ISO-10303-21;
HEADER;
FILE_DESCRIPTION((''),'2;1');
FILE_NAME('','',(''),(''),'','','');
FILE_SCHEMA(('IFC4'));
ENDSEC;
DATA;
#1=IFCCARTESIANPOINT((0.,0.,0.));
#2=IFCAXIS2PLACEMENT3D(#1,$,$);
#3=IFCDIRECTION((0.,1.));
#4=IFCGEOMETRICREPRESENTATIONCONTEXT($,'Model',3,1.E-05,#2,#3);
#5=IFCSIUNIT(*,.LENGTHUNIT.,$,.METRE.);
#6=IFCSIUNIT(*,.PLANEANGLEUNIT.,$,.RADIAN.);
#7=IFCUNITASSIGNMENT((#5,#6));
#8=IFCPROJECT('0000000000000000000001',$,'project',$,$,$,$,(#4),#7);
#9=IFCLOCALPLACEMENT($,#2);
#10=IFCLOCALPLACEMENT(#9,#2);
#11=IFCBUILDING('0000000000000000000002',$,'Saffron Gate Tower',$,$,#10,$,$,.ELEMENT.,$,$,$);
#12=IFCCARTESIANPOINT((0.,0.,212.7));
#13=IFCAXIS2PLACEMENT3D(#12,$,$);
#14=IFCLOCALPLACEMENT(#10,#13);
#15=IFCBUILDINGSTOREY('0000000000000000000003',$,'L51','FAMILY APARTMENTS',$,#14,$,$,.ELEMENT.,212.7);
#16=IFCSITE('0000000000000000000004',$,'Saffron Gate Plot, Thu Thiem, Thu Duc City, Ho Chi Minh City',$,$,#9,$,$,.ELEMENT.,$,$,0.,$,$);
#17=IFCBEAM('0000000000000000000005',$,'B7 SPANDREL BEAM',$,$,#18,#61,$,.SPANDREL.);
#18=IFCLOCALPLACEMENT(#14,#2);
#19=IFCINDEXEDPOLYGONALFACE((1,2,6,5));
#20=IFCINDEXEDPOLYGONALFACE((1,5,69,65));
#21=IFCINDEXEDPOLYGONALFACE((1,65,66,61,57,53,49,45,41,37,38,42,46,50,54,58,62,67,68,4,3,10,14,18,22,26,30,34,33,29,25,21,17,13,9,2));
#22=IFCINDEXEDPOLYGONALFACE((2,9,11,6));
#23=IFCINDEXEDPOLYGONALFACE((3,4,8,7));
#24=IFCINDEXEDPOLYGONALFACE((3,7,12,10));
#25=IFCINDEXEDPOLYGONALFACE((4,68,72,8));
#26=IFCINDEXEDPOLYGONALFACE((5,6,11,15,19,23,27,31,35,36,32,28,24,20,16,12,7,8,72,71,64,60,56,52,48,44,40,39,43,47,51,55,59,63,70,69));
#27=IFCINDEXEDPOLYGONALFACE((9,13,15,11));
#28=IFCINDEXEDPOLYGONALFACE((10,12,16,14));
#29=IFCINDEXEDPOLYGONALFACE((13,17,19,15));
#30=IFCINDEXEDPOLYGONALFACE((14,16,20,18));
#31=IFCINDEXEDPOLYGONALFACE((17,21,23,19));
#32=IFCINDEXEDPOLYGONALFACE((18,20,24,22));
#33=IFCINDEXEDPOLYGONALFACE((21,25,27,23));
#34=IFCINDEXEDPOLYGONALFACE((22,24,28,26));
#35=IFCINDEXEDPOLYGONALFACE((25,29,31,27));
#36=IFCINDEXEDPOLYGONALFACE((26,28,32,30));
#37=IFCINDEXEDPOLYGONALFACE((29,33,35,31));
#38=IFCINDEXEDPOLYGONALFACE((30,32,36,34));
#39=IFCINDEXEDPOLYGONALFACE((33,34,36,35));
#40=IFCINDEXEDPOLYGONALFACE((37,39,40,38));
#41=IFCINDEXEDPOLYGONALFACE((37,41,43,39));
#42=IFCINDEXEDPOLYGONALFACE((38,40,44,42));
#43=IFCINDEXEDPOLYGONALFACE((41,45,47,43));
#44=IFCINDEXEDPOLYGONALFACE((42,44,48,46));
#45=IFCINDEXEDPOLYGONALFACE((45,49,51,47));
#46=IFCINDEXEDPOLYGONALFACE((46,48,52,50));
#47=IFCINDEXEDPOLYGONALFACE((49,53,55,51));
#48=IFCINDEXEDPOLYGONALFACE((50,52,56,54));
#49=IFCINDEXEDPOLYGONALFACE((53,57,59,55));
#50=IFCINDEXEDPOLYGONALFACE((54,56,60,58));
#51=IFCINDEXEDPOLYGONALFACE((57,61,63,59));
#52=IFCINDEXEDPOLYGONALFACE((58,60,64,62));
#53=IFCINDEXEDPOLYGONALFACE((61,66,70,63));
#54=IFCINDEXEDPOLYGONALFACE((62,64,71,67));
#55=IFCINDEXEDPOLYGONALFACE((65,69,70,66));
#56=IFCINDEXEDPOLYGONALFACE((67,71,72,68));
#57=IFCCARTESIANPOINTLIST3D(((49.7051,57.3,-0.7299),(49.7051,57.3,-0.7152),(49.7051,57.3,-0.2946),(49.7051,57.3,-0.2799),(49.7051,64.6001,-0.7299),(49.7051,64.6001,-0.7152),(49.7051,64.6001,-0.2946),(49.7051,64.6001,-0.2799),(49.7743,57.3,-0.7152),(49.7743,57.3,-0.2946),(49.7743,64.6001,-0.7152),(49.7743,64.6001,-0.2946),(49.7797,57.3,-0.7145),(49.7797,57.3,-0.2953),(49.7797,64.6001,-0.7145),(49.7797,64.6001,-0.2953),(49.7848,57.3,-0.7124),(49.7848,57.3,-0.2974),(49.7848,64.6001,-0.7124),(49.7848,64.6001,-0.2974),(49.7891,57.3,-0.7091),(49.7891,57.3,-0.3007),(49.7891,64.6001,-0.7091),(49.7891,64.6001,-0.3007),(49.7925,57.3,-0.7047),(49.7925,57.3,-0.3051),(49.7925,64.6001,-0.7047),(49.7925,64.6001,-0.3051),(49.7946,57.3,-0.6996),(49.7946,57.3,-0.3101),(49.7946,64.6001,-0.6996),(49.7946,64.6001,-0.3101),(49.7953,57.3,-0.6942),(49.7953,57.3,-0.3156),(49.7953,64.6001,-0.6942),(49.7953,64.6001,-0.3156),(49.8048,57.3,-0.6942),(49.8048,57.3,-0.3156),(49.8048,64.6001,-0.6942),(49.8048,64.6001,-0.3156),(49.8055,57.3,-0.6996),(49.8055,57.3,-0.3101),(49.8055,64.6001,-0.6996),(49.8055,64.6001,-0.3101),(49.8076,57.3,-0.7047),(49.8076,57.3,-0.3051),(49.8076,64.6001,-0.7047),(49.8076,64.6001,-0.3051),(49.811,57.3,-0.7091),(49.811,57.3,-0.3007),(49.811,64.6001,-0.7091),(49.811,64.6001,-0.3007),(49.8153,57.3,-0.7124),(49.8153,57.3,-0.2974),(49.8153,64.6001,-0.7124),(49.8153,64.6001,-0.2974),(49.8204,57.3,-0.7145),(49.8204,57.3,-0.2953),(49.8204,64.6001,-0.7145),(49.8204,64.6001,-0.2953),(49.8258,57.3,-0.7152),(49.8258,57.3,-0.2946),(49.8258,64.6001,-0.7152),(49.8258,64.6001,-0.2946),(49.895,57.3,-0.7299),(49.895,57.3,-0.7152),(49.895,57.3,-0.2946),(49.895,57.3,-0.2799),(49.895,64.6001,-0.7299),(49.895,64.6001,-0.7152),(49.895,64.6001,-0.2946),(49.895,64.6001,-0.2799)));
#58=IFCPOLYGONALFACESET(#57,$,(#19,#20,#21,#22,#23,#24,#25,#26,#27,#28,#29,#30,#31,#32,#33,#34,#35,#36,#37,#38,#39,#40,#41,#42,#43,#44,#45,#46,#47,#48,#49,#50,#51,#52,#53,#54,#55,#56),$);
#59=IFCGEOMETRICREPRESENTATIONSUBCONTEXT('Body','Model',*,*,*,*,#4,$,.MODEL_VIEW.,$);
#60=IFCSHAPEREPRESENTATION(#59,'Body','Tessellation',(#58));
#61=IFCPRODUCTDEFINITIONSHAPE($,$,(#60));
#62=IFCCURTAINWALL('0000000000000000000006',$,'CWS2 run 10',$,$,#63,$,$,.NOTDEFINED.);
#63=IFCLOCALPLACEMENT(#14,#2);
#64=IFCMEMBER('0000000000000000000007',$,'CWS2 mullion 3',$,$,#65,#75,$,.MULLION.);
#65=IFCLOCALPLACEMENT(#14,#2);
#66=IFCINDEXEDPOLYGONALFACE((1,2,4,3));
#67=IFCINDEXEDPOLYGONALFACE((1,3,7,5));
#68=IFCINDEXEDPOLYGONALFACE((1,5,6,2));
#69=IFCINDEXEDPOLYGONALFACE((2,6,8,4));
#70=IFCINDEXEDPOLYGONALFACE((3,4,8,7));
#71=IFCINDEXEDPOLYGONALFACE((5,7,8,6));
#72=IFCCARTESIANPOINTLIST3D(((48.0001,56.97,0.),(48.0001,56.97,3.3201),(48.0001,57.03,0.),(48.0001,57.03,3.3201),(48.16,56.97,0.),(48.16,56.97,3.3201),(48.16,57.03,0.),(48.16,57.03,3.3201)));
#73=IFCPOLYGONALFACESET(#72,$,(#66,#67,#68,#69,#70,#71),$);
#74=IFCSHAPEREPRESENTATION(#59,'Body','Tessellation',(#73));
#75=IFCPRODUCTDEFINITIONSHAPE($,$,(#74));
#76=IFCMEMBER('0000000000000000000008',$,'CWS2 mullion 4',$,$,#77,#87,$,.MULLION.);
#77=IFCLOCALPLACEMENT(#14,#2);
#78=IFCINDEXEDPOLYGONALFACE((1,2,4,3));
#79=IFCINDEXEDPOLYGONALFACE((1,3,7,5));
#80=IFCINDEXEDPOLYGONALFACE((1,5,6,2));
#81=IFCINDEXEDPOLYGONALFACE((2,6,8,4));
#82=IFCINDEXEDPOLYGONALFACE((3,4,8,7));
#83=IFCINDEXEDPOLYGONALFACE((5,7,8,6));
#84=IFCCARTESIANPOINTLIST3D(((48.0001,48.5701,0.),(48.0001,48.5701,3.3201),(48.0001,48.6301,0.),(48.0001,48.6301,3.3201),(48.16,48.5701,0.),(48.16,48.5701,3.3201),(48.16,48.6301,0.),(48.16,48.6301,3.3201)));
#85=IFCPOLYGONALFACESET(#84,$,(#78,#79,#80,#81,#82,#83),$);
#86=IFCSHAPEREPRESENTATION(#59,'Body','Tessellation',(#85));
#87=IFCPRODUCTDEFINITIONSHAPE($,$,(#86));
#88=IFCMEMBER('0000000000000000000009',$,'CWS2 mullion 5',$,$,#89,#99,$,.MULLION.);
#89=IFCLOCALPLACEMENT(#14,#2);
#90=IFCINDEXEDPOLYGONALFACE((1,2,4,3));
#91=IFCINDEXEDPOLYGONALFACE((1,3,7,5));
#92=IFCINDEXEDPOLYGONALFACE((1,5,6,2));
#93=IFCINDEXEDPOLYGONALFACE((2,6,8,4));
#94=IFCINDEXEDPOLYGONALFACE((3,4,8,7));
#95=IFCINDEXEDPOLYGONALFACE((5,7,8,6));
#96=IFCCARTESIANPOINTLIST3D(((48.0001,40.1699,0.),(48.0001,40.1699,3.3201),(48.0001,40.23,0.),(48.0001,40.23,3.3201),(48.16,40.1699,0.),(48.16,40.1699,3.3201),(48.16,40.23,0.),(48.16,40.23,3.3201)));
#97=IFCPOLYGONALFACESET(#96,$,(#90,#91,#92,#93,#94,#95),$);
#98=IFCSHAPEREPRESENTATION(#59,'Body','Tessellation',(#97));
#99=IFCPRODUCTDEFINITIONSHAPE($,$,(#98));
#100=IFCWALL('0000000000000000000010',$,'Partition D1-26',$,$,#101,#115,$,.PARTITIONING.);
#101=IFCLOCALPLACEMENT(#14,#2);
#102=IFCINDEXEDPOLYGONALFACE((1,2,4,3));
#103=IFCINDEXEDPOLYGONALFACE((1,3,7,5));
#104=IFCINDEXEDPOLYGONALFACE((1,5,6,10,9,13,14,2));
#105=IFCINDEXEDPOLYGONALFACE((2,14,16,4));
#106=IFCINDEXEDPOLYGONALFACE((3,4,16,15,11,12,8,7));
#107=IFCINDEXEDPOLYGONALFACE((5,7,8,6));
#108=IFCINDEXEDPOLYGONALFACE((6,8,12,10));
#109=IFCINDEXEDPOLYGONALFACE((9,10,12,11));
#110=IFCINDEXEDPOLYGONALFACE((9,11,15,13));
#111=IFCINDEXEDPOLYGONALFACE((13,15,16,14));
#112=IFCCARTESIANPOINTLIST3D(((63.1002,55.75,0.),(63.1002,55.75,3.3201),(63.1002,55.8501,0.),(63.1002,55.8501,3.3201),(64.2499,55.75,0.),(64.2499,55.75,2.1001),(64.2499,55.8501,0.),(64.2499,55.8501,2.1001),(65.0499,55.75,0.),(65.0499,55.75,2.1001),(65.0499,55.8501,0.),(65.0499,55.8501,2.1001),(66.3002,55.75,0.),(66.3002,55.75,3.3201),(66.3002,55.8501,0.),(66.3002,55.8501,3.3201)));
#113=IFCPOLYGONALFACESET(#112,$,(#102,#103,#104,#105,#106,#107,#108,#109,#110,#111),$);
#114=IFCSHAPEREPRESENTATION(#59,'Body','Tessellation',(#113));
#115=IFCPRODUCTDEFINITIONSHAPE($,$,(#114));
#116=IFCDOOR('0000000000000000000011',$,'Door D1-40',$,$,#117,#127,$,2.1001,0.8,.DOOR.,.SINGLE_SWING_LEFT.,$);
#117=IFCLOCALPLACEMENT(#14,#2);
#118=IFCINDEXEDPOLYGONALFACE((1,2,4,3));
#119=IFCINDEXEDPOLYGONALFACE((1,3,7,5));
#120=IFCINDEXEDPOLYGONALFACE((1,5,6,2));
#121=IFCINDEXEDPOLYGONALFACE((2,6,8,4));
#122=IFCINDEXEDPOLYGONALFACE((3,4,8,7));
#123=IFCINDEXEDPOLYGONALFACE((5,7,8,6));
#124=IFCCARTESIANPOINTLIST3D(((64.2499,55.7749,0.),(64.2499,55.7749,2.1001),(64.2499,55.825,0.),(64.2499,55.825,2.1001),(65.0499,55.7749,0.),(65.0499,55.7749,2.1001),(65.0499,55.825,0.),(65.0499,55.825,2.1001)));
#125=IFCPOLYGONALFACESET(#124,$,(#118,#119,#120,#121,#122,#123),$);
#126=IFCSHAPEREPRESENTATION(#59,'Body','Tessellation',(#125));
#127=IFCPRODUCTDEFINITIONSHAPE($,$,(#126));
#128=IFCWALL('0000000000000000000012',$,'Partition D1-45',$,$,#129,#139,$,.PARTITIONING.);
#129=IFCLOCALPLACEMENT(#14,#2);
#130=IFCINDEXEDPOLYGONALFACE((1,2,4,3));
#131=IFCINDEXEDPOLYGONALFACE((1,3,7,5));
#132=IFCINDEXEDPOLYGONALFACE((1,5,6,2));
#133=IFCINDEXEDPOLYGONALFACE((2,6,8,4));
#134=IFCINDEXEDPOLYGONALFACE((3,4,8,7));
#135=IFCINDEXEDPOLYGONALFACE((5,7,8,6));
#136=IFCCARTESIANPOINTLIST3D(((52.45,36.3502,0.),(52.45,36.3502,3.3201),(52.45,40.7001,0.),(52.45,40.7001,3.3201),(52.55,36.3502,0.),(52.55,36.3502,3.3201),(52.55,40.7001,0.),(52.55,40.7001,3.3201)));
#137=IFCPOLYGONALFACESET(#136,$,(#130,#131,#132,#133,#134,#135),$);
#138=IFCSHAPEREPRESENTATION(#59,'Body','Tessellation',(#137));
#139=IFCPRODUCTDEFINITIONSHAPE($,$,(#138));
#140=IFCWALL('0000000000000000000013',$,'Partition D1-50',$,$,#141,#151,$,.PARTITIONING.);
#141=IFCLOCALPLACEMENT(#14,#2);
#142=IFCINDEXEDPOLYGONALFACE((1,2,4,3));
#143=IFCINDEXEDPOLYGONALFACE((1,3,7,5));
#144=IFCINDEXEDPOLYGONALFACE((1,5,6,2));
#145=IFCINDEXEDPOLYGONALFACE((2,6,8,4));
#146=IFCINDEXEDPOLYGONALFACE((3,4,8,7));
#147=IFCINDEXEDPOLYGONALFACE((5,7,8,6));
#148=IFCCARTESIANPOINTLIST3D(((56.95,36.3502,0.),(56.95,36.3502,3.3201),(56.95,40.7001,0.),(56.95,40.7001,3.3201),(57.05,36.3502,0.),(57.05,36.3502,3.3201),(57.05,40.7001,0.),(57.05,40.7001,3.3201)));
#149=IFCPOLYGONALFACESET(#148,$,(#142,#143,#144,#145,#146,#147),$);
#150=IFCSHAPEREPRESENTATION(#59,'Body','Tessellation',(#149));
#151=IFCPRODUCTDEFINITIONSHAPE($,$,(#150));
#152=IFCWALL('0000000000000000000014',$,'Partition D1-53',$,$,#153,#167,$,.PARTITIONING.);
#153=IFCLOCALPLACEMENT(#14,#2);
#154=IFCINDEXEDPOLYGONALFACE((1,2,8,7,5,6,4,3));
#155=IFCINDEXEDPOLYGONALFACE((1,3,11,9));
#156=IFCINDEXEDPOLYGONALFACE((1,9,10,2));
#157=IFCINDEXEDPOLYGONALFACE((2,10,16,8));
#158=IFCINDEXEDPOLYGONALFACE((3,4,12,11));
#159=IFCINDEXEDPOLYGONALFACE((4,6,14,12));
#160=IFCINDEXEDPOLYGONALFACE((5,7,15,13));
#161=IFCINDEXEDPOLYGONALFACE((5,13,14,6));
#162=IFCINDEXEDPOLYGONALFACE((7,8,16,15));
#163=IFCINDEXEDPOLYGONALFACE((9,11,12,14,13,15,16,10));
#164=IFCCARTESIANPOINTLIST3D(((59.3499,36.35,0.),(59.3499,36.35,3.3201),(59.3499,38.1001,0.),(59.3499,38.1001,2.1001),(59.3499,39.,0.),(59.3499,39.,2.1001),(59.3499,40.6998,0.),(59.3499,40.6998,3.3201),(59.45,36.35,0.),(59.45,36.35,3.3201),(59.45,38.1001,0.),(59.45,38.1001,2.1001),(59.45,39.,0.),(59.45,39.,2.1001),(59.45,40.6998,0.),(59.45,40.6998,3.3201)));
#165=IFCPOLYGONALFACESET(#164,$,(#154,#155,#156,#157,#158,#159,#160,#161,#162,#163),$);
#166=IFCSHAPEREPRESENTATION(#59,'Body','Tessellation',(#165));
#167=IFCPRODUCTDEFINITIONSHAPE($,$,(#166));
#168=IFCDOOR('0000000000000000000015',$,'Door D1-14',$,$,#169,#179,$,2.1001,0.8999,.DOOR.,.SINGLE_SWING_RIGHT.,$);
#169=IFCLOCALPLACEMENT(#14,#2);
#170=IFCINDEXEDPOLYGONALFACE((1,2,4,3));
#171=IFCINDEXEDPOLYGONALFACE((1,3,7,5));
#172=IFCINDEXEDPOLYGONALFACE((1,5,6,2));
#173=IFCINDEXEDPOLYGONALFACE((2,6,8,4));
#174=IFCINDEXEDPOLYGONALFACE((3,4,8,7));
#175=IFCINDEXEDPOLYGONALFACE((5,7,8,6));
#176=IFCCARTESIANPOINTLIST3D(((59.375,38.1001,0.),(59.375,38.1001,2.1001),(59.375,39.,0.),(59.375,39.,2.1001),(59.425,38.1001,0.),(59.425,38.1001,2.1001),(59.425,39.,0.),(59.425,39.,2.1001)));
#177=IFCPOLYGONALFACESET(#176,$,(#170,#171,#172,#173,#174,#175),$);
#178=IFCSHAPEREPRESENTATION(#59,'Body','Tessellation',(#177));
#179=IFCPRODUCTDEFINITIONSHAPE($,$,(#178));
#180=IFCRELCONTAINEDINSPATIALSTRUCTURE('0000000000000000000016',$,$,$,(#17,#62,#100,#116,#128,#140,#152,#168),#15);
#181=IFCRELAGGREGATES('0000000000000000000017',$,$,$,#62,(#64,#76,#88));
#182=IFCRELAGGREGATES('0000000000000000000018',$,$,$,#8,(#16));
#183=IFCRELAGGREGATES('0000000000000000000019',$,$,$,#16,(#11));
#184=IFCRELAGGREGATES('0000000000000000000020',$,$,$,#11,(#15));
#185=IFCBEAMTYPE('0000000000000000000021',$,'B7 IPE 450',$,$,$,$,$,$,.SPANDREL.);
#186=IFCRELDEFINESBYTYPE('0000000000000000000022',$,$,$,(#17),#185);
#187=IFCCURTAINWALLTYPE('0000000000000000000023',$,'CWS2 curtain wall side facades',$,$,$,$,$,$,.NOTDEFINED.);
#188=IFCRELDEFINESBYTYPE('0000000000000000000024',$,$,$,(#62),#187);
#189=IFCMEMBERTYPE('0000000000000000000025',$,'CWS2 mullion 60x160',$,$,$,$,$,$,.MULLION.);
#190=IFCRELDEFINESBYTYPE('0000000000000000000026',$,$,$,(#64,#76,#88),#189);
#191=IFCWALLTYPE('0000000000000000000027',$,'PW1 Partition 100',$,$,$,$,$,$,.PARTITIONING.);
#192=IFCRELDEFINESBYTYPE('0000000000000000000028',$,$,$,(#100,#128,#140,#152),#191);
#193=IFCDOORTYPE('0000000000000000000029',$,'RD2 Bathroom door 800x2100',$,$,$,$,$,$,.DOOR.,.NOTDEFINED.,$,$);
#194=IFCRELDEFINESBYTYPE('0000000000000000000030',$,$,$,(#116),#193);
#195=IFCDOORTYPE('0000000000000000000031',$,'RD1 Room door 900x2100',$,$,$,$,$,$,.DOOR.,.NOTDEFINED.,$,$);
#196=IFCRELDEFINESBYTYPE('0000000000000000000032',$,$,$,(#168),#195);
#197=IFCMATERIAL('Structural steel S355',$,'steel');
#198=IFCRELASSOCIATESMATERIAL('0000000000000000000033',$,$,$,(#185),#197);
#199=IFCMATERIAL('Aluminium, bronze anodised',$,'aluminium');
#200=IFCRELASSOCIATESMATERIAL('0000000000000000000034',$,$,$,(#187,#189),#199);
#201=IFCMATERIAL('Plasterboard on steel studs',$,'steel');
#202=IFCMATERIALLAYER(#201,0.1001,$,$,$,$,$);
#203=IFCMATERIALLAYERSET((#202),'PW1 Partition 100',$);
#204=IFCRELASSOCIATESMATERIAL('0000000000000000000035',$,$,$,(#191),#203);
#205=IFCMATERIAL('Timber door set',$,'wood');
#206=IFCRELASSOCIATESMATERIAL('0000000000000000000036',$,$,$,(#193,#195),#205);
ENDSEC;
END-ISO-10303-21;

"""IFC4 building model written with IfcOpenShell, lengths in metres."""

from ifc_helpers import new_model, si_unit, direction, frame, frame_2d, origin, origin_2d, place, context, subcontext, project, spatial, rectangle, i_section, extrude, material, layer, layer_set, material_profile, profile_set, type_object, element, fill, aggregate, save


model = new_model("IFC4")

# Units and contexts
model_context = context("Model", 3, precision=1e-05, world=origin(), true_north=direction((0.0, 1.0)))
body_context = subcontext(model_context, "Body", "Model", "MODEL_VIEW")
ifc_project = project(units=[si_unit("LENGTHUNIT", "METRE"), si_unit("PLANEANGLEUNIT", "RADIAN")], contexts=[model_context])

# Site, building, storey
site_placement = place(None, origin())
site = spatial("IfcSite", under=ifc_project, at=site_placement, Name="Saffron Gate Plot, Thu Thiem, Thu Duc City, Ho Chi Minh City", CompositionType="ELEMENT", RefElevation=0.0)
building_placement = place(site_placement, origin())
building = spatial("IfcBuilding", under=site, at=building_placement, Name="Saffron Gate Tower", CompositionType="ELEMENT")
storey_placement = place(building_placement, frame((0.0, 0.0, 212.7)))
storey = spatial("IfcBuildingStorey", under=building, at=storey_placement, Name="L51", Description="FAMILY APARTMENTS", CompositionType="ELEMENT", Elevation=212.7)

# Beam
ifc_material_1 = material(Name="Structural steel S355", Category="steel")
ifc_material_profile_1 = material_profile(ifc_material_1, i_section(OverallWidth=0.1899, OverallDepth=0.45, WebThickness=0.0095, FlangeThickness=0.0146, FilletRadius=0.021, at=origin_2d()))
ifc_profile_set_1 = profile_set([ifc_material_profile_1], Name="Structural steel S355")
beam_type = type_object("IfcBeamType", Name="B7 IPE 450", PredefinedType="SPANDREL", material=ifc_profile_set_1)
beam_1_placement = place(storey_placement, frame((49.8, 57.3, -0.5049), z_axis=(0.0, 1.0, 0.0), x_axis=(-1.0, 0.0, 0.0)))
element("IfcBeam", 1, at=beam_1_placement, inside=storey, type_object=beam_type, Name="B7 SPANDREL BEAM", PredefinedType="SPANDREL", context=body_context, shape_type="SweptSolid", body=[
    extrude(i_section(OverallWidth=0.1899, OverallDepth=0.45, WebThickness=0.0095, FlangeThickness=0.0146, FilletRadius=0.021, at=origin_2d()), origin(), (0.0, 0.0, 1.0), 7.3),
])

# Curtain wall, members
ifc_material_2 = material(Name="Aluminium, bronze anodised", Category="aluminium")
curtain_wall_type = type_object("IfcCurtainWallType", Name="CWS2 curtain wall side facades", PredefinedType="NOTDEFINED", material=ifc_material_2)
curtain_wall_placement = place(storey_placement, origin())
curtain_wall = element("IfcCurtainWall", 2, at=curtain_wall_placement, inside=storey, type_object=curtain_wall_type, Name="CWS2 run 10", PredefinedType="NOTDEFINED")
ifc_material_profile_2 = material_profile(ifc_material_2, rectangle(XDim=0.1599, YDim=0.0601, at=origin_2d()))
ifc_profile_set_2 = profile_set([ifc_material_profile_2], Name="Aluminium, bronze anodised")
member_type = type_object("IfcMemberType", Name="CWS2 mullion 60x160", PredefinedType="MULLION", material=ifc_profile_set_2)
member_1_placement = place(storey_placement, frame((48.0801, 57.0, 0.0), z_axis=(0.0, 0.0, 1.0), x_axis=(1.0, 0.0, 0.0)))
member_1 = element("IfcMember", 3, at=member_1_placement, type_object=member_type, Name="CWS2 mullion 3", PredefinedType="MULLION", context=body_context, shape_type="SweptSolid", body=[
    extrude(rectangle(XDim=0.1599, YDim=0.0601, at=origin_2d()), origin(), (0.0, 0.0, 1.0), 3.3201),
])
member_2_placement = place(storey_placement, frame((48.0801, 48.6001, 0.0), z_axis=(0.0, 0.0, 1.0), x_axis=(1.0, 0.0, 0.0)))
member_2 = element("IfcMember", 4, at=member_2_placement, type_object=member_type, Name="CWS2 mullion 4", PredefinedType="MULLION", context=body_context, shape_type="SweptSolid", body=[
    extrude(rectangle(XDim=0.1599, YDim=0.0601, at=origin_2d()), origin(), (0.0, 0.0, 1.0), 3.3201),
])
member_3_placement = place(storey_placement, frame((48.0801, 40.2, 0.0), z_axis=(0.0, 0.0, 1.0), x_axis=(1.0, 0.0, 0.0)))
member_3 = element("IfcMember", 5, at=member_3_placement, type_object=member_type, Name="CWS2 mullion 5", PredefinedType="MULLION", context=body_context, shape_type="SweptSolid", body=[
    extrude(rectangle(XDim=0.1599, YDim=0.0601, at=origin_2d()), origin(), (0.0, 0.0, 1.0), 3.3201),
])
aggregate(curtain_wall, [member_1, member_2, member_3])

# Wall, opening, door
ifc_material_3 = material(Name="Plasterboard on steel studs", Category="steel")
ifc_layer_1 = layer(ifc_material_3, 0.1001)
ifc_layer_set_1 = layer_set([ifc_layer_1], Name="PW1 Partition 100")
wall_type_1 = type_object("IfcWallType", Name="PW1 Partition 100", PredefinedType="PARTITIONING", material=ifc_layer_set_1)
wall_1_placement = place(storey_placement, frame((63.1001, 55.8, 0.0), z_axis=(0.0, 0.0, 1.0), x_axis=(1.0, 0.0, 0.0)))
wall_1 = element("IfcWall", 6, at=wall_1_placement, inside=storey, type_object=wall_type_1, Name="Partition D1-26", PredefinedType="PARTITIONING", context=body_context, shape_type="SweptSolid", body=[
    extrude(rectangle(XDim=3.2, YDim=0.1001, at=frame_2d((1.6001, 0.0))), origin(), (0.0, 0.0, 1.0), 3.3201),
])
opening_1_placement = place(wall_1_placement, frame((1.1499, 0.0, 0.0)))
opening_1 = element("IfcOpeningElement", 7, at=opening_1_placement, cuts=wall_1, PredefinedType="OPENING", context=body_context, shape_type="SweptSolid", body=[
    extrude(rectangle(XDim=0.8, YDim=2.1001, at=frame_2d((0.3999, 1.05))), frame((0.0, 0.0601, 0.0), z_axis=(0.0, -1.0, 0.0), x_axis=(1.0, 0.0, 0.0)), (0.0, 0.0, 1.0), 0.1201),
])
ifc_material_4 = material(Name="Timber door set", Category="wood")
door_type_1 = type_object("IfcDoorType", Name="RD2 Bathroom door 800x2100", OperationType="NOTDEFINED", PredefinedType="DOOR", material=ifc_material_4)
door_1_placement = place(opening_1_placement, origin())
door_1 = element("IfcDoor", 8, at=door_1_placement, inside=storey, type_object=door_type_1, Name="Door D1-40", OperationType="SINGLE_SWING_LEFT", OverallHeight=2.1001, OverallWidth=0.8, PredefinedType="DOOR", context=body_context, shape_type="SweptSolid", body=[
    extrude(rectangle(XDim=0.8, YDim=2.1001, at=frame_2d((0.3999, 1.05))), frame((0.0, 0.0249, 0.0), z_axis=(0.0, -1.0, 0.0), x_axis=(1.0, 0.0, 0.0)), (0.0, 0.0, 1.0), 0.05),
])
fill(opening_1, door_1)

# Walls
for number, where, z_axis, x_axis, name in (
    (9, (52.5, 40.7, 0.0), (0.0, 0.0, 1.0), (0.0, -1.0, 0.0), "Partition D1-45"),
    (10, (57.0, 40.7, 0.0), (0.0, 0.0, 1.0), (0.0, -1.0, 0.0), "Partition D1-50"),
):
    element("IfcWall", number, at=place(storey_placement, frame(where, z_axis=z_axis, x_axis=x_axis)), inside=storey, type_object=wall_type_1, Name=name, PredefinedType="PARTITIONING", context=body_context, shape_type="SweptSolid", body=[
        extrude(rectangle(XDim=4.3499, YDim=0.1001, at=frame_2d((2.1748, 0.0))), origin(), (0.0, 0.0, 1.0), 3.3201),
    ])

# Wall, opening, door
wall_2_placement = place(storey_placement, frame((59.3999, 36.3501, 0.0), z_axis=(0.0, 0.0, 1.0), x_axis=(0.0, 1.0, 0.0)))
wall_2 = element("IfcWall", 11, at=wall_2_placement, inside=storey, type_object=wall_type_1, Name="Partition D1-53", PredefinedType="PARTITIONING", context=body_context, shape_type="SweptSolid", body=[
    extrude(rectangle(XDim=4.3499, YDim=0.1001, at=frame_2d((2.1748, 0.0))), origin(), (0.0, 0.0, 1.0), 3.3201),
])
opening_2_placement = place(wall_2_placement, frame((1.75, 0.0, 0.0)))
opening_2 = element("IfcOpeningElement", 12, at=opening_2_placement, cuts=wall_2, PredefinedType="OPENING", context=body_context, shape_type="SweptSolid", body=[
    extrude(rectangle(XDim=0.8999, YDim=2.1001, at=frame_2d((0.45, 1.05))), frame((0.0, 0.0601, 0.0), z_axis=(0.0, -1.0, 0.0), x_axis=(1.0, 0.0, 0.0)), (0.0, 0.0, 1.0), 0.1201),
])
door_type_2 = type_object("IfcDoorType", Name="RD1 Room door 900x2100", OperationType="NOTDEFINED", PredefinedType="DOOR", material=ifc_material_4)
door_2_placement = place(opening_2_placement, origin())
door_2 = element("IfcDoor", 13, at=door_2_placement, inside=storey, type_object=door_type_2, Name="Door D1-14", OperationType="SINGLE_SWING_RIGHT", OverallHeight=2.1001, OverallWidth=0.8999, PredefinedType="DOOR", context=body_context, shape_type="SweptSolid", body=[
    extrude(rectangle(XDim=0.8999, YDim=2.1001, at=frame_2d((0.45, 1.05))), frame((0.0, 0.0249, 0.0), z_axis=(0.0, -1.0, 0.0), x_axis=(1.0, 0.0, 0.0)), (0.0, 0.0, 1.0), 0.05),
])
fill(opening_2, door_2)

save(model, "model.ifc")
